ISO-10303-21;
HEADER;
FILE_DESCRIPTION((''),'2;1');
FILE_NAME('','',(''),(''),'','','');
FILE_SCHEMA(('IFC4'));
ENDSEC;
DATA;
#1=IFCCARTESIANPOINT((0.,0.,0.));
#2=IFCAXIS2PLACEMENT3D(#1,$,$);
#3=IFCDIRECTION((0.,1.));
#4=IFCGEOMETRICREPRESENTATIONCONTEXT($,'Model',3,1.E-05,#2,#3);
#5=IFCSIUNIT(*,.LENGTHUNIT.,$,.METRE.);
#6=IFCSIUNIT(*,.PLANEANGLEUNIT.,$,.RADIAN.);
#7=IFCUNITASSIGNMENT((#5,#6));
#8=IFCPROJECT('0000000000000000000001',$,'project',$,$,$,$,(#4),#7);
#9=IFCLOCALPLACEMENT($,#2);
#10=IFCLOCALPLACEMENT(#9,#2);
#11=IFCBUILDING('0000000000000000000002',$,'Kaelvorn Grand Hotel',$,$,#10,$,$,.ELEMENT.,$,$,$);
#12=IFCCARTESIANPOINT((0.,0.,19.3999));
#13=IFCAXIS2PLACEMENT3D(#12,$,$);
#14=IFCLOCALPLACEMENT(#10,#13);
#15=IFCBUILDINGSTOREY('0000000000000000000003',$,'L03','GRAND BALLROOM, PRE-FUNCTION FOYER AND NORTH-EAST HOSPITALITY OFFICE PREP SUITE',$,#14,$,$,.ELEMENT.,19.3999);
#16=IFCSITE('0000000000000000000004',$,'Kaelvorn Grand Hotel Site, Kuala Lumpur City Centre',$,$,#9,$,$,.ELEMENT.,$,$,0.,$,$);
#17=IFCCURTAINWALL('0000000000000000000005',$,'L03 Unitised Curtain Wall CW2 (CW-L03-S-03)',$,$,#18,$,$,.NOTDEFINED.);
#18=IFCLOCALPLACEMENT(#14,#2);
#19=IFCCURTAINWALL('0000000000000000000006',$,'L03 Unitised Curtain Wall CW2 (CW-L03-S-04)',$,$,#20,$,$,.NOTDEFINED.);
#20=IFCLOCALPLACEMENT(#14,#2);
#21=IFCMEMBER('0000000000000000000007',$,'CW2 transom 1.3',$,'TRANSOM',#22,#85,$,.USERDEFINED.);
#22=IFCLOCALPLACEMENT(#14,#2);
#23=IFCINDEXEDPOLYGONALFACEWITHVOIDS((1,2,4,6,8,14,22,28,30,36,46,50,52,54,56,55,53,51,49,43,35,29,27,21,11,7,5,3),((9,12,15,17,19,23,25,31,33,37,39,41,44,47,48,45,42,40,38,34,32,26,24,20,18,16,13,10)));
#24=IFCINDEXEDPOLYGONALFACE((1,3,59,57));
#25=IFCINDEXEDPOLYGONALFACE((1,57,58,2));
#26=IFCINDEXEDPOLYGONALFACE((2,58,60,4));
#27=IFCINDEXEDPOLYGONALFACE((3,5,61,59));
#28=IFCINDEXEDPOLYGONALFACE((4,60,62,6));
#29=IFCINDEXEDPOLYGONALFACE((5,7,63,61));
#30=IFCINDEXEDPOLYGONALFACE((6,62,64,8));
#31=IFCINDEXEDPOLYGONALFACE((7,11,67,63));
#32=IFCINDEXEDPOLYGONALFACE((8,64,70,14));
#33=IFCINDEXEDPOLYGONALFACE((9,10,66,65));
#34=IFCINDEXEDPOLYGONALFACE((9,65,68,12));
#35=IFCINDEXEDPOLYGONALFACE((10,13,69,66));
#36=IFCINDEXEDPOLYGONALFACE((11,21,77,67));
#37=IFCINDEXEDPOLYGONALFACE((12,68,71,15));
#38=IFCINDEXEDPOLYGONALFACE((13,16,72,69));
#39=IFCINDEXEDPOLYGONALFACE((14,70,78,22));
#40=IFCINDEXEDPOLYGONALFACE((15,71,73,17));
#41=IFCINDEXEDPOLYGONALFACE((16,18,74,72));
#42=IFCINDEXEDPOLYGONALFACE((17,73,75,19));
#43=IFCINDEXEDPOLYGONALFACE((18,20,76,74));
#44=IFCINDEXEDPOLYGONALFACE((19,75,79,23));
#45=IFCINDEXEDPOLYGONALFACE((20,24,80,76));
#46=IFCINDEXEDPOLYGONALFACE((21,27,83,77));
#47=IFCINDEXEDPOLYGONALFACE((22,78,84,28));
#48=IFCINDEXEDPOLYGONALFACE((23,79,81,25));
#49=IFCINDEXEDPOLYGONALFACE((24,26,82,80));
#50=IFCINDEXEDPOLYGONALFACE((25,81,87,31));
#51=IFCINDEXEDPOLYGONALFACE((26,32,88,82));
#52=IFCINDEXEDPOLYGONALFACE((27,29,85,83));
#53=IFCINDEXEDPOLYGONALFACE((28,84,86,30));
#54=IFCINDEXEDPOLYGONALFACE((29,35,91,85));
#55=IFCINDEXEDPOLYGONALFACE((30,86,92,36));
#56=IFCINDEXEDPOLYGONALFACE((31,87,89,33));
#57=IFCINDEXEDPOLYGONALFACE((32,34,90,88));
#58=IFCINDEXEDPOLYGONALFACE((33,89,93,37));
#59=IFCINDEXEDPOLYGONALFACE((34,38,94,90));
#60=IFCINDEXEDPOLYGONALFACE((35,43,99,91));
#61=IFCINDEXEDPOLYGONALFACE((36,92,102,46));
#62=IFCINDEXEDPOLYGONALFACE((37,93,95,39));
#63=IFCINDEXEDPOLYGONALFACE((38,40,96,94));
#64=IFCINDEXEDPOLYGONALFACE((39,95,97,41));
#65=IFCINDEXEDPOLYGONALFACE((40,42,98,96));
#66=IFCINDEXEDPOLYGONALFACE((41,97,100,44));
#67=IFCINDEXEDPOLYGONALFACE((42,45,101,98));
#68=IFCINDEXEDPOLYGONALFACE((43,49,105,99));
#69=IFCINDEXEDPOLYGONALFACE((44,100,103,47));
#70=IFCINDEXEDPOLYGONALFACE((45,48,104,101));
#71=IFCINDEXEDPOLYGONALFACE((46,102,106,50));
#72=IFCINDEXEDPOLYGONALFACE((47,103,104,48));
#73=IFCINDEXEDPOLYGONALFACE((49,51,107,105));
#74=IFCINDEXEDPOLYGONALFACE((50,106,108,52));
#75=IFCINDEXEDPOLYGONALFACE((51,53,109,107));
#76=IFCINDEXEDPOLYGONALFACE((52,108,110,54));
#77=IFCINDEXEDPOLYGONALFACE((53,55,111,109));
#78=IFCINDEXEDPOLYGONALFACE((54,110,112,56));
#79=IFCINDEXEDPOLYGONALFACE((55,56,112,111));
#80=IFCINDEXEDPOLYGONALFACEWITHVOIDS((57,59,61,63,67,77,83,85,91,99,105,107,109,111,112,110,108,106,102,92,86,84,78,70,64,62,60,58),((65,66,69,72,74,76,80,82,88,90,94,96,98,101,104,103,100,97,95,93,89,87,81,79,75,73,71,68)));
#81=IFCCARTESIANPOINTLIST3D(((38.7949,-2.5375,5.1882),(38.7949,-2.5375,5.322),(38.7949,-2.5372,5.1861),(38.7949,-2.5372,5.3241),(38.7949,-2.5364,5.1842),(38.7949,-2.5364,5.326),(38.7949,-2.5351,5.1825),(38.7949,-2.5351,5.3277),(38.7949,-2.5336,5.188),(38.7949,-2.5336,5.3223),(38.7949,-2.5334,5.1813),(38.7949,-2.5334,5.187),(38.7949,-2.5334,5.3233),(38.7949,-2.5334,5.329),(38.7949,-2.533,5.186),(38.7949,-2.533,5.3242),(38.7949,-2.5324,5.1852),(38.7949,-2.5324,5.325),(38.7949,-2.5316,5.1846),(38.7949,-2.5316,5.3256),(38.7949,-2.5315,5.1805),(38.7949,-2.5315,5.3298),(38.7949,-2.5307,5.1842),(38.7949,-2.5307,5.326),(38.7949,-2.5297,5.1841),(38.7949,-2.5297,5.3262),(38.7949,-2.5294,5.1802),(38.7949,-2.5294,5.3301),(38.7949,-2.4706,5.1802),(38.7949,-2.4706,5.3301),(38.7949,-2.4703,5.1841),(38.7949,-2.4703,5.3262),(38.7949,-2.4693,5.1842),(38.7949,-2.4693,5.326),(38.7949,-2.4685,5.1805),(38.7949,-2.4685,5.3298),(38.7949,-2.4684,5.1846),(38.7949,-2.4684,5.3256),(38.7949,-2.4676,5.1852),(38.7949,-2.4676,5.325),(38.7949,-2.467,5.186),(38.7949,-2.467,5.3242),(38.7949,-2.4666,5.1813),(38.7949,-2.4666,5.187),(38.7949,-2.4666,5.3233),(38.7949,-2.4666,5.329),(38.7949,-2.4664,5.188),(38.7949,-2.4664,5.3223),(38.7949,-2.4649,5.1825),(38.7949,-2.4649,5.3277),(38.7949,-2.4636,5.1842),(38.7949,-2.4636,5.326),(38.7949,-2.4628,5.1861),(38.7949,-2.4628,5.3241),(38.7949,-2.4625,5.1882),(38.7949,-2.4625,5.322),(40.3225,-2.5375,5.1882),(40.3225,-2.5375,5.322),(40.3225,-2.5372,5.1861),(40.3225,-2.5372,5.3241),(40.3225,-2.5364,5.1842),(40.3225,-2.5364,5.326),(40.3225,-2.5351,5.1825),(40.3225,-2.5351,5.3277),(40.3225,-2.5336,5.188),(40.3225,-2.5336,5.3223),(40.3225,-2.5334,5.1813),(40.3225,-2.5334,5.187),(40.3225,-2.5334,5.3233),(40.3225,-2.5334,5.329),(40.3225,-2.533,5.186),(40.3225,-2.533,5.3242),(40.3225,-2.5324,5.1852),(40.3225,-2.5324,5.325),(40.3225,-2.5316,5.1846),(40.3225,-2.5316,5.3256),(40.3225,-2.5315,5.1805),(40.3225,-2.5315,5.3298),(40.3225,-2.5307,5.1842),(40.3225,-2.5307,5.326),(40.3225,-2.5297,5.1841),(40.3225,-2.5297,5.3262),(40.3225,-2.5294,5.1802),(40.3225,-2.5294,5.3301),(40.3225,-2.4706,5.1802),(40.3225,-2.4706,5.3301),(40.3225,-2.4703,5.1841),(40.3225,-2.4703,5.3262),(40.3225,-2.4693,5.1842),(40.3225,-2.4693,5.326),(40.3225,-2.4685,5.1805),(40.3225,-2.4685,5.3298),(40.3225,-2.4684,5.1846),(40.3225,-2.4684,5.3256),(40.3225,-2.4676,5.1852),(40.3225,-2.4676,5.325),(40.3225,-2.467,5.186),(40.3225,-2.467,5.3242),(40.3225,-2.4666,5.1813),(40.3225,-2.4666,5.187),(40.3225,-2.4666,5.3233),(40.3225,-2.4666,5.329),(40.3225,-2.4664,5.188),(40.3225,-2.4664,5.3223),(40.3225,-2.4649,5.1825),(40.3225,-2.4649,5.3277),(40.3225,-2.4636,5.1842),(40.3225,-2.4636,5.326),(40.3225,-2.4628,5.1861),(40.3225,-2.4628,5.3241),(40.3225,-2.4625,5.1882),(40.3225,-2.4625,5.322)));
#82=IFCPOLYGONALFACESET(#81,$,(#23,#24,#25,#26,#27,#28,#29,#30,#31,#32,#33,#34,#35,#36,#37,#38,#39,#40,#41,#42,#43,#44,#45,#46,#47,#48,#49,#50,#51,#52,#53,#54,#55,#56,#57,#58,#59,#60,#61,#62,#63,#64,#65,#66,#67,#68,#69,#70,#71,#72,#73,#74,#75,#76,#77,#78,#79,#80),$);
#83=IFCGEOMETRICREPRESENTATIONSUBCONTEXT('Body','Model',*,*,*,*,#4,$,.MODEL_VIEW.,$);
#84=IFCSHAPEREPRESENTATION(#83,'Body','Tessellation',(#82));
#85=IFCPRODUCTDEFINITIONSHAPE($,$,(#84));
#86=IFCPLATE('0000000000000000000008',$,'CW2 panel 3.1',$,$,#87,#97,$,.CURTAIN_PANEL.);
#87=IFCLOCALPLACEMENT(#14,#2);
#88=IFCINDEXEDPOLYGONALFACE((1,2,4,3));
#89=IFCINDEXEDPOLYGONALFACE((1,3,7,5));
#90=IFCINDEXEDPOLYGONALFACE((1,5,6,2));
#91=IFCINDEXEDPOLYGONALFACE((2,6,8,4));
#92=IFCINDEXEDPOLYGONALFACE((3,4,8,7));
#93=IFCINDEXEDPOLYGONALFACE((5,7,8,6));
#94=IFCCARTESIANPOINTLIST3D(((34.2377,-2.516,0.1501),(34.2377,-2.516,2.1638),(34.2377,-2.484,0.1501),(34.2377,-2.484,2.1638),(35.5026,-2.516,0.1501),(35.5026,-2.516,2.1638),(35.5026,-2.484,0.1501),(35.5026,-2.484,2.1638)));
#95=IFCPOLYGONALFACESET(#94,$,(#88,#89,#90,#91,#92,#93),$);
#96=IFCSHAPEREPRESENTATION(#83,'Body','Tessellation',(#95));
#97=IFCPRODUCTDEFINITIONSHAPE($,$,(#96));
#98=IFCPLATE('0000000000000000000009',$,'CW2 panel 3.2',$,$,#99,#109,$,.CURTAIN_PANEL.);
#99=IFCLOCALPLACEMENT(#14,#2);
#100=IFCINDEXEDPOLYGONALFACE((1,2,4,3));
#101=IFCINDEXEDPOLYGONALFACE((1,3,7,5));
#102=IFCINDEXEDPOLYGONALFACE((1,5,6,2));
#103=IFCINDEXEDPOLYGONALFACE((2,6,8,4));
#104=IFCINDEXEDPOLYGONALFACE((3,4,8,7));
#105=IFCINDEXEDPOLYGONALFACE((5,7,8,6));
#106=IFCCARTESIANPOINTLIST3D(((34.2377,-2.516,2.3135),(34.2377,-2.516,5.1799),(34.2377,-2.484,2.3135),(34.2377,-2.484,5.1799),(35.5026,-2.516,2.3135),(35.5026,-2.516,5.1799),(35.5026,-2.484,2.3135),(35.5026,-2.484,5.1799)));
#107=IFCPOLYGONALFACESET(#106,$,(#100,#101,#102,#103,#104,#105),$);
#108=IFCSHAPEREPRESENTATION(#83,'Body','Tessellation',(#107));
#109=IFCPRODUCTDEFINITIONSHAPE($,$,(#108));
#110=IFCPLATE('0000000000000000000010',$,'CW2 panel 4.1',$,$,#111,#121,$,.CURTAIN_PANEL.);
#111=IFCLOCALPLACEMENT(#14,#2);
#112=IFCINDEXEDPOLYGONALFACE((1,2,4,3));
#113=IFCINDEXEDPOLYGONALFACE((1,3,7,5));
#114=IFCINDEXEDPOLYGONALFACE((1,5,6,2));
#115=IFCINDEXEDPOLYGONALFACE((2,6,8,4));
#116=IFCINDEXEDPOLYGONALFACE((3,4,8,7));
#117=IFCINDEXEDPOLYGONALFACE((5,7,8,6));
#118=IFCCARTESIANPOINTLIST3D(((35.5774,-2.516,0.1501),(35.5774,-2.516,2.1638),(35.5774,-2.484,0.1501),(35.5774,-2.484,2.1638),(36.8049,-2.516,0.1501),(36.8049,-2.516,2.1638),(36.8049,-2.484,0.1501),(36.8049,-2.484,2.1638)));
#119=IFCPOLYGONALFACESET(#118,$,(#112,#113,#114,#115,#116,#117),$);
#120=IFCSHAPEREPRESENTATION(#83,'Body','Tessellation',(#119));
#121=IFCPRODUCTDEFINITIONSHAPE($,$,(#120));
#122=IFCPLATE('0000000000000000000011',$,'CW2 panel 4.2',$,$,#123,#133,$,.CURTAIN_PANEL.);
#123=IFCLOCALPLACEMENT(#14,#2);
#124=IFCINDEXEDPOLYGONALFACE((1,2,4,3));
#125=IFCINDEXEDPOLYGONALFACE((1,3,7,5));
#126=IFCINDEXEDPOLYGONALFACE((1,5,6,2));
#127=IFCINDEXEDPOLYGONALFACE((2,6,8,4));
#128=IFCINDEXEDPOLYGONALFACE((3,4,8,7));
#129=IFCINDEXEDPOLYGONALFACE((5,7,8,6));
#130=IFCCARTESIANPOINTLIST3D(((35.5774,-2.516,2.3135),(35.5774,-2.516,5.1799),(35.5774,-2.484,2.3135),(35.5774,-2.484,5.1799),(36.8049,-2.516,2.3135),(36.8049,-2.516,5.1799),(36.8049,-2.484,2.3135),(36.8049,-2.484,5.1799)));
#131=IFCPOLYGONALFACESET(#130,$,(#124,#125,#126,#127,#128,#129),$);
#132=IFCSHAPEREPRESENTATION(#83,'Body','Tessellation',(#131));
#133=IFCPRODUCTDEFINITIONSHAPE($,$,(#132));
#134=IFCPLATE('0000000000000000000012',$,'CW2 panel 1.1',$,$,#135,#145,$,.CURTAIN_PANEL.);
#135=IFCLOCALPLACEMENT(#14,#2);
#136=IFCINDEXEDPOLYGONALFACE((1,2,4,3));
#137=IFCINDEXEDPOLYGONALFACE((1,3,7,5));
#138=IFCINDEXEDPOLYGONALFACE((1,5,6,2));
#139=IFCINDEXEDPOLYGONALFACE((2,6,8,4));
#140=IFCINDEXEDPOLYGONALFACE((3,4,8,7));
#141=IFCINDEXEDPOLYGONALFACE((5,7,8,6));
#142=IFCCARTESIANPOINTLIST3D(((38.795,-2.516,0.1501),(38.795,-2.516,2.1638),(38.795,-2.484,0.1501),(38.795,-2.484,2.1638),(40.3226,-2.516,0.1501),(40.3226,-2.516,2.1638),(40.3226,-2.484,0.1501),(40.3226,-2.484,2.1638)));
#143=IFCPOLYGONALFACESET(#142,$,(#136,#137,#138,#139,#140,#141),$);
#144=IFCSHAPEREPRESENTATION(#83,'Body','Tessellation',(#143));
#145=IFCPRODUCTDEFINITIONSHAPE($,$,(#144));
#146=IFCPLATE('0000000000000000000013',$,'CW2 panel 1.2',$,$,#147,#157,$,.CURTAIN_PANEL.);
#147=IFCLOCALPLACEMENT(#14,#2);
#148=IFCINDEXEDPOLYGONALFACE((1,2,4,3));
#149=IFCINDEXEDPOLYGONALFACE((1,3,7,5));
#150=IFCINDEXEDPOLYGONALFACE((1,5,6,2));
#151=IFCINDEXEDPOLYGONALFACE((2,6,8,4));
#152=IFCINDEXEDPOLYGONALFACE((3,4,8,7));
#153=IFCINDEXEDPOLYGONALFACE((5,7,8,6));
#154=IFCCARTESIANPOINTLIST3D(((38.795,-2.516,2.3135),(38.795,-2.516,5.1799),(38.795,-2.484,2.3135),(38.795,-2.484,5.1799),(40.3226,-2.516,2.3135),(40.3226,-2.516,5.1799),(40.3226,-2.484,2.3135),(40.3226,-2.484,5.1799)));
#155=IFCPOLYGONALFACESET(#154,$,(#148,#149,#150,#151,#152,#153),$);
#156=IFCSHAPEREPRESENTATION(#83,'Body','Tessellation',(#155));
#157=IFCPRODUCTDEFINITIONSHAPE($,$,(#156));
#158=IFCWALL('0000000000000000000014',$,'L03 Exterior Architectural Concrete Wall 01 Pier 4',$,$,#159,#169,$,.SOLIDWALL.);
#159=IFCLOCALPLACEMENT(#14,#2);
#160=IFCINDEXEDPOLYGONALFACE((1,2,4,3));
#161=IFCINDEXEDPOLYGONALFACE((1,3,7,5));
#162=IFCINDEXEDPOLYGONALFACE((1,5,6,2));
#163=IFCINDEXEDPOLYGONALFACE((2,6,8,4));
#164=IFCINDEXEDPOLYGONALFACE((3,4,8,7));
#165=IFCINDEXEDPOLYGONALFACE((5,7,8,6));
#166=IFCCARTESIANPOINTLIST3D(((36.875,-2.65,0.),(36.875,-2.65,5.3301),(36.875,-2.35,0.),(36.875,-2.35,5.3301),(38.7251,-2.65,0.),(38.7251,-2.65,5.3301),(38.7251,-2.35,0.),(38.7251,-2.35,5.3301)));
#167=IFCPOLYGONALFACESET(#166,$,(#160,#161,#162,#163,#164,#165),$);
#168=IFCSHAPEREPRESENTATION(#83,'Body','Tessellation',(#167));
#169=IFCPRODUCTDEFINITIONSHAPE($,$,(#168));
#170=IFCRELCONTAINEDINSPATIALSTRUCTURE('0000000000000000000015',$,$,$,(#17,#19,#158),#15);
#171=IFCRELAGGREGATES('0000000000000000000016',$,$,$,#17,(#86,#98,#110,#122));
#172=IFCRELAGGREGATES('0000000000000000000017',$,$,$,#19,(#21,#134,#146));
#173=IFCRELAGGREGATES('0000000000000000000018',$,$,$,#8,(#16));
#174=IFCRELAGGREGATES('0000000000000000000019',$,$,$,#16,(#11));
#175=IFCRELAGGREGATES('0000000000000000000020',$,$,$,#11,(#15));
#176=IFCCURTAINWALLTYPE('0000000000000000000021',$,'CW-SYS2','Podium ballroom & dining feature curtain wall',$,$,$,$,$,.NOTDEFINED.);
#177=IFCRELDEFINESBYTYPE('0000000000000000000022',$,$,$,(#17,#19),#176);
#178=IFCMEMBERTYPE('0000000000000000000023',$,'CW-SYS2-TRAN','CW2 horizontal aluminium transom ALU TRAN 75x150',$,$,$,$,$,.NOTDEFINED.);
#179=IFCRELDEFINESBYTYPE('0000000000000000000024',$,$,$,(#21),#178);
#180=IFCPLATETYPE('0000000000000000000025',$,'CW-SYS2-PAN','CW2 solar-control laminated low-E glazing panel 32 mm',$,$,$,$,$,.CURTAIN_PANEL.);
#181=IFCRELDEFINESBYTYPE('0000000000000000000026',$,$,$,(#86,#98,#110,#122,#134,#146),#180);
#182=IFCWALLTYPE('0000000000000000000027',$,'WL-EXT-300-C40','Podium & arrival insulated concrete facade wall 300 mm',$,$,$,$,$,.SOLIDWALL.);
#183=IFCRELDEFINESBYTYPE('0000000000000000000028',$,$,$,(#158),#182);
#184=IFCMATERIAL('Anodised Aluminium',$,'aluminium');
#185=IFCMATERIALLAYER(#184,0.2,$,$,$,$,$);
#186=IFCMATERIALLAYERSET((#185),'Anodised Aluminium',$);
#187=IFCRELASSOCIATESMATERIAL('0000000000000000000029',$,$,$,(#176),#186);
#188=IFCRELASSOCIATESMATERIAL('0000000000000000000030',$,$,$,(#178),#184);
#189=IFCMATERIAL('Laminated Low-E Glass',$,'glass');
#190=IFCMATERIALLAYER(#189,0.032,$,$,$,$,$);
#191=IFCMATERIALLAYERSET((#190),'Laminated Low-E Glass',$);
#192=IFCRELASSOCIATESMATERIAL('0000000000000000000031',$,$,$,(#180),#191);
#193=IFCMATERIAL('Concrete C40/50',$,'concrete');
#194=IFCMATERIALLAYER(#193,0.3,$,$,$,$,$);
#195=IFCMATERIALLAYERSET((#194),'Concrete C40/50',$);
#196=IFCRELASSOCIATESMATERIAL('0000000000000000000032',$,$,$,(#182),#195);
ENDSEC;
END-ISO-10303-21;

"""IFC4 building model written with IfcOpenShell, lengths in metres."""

from ifc_helpers import new_model, si_unit, direction, frame, frame_2d, origin, origin_2d, place, context, subcontext, project, spatial, rectangle, hollow_rectangle, extrude, material, layer, layer_set, material_profile, profile_set, type_object, element, aggregate, save


model = new_model("IFC4")

# Units and contexts
model_context = context("Model", 3, precision=1e-05, world=origin(), true_north=direction((0.0, 1.0)))
body_context = subcontext(model_context, "Body", "Model", "MODEL_VIEW")
ifc_project = project(units=[si_unit("LENGTHUNIT", "METRE"), si_unit("PLANEANGLEUNIT", "RADIAN")], contexts=[model_context])

# Site, building, storey
site_placement = place(None, origin())
site = spatial("IfcSite", under=ifc_project, at=site_placement, Name="Kaelvorn Grand Hotel Site, Kuala Lumpur City Centre", CompositionType="ELEMENT", RefElevation=0.0)
building_placement = place(site_placement, origin())
building = spatial("IfcBuilding", under=site, at=building_placement, Name="Kaelvorn Grand Hotel", CompositionType="ELEMENT")
storey_placement = place(building_placement, frame((0.0, 0.0, 19.3999)))
storey = spatial("IfcBuildingStorey", under=building, at=storey_placement, Name="L03", Description="GRAND BALLROOM, PRE-FUNCTION FOYER AND NORTH-EAST HOSPITALITY OFFICE PREP SUITE", CompositionType="ELEMENT", Elevation=19.3999)

# Curtain wall
ifc_material_1 = material(Name="Anodised Aluminium", Category="aluminium")
ifc_layer_1 = layer(ifc_material_1, 0.2)
ifc_layer_set_1 = layer_set([ifc_layer_1], Name="Anodised Aluminium")
curtain_wall_type = type_object("IfcCurtainWallType", Name="CW-SYS2", Description="Podium ballroom & dining feature curtain wall", PredefinedType="NOTDEFINED", material=ifc_layer_set_1)
curtain_wall_1_placement = place(storey_placement, origin())
curtain_wall_1 = element("IfcCurtainWall", 1, at=curtain_wall_1_placement, inside=storey, type_object=curtain_wall_type, Name="L03 Unitised Curtain Wall CW2 (CW-L03-S-03)", PredefinedType="NOTDEFINED")

# Curtain wall
curtain_wall_2_placement = place(storey_placement, origin())
curtain_wall_2 = element("IfcCurtainWall", 2, at=curtain_wall_2_placement, inside=storey, type_object=curtain_wall_type, Name="L03 Unitised Curtain Wall CW2 (CW-L03-S-04)", PredefinedType="NOTDEFINED")

# Member
ifc_material_profile_1 = material_profile(ifc_material_1, hollow_rectangle(XDim=0.075, YDim=0.1499, WallThickness=0.0039, InnerFilletRadius=0.0039, OuterFilletRadius=0.0081, at=origin_2d()), Name="ALU TRAN 75x150")
ifc_profile_set_1 = profile_set([ifc_material_profile_1], Name="Anodised Aluminium")
member_type_1 = type_object("IfcMemberType", Name="CW-SYS2-TRAN", Description="CW2 horizontal aluminium transom ALU TRAN 75x150", PredefinedType="NOTDEFINED", material=ifc_profile_set_1)
member_1_placement = place(storey_placement, frame((38.7949, -2.5, 5.2551), z_axis=(1.0, 0.0, 0.0), x_axis=(0.0, 1.0, 0.0)))
member_1 = element("IfcMember", 3, at=member_1_placement, type_object=member_type_1, Name="CW2 transom 1.3", ObjectType="TRANSOM", PredefinedType="USERDEFINED", context=body_context, shape_type="SweptSolid", body=[
    extrude(hollow_rectangle(XDim=0.075, YDim=0.1499, WallThickness=0.0039, InnerFilletRadius=0.0039, OuterFilletRadius=0.0081, at=origin_2d()), origin(), (0.0, 0.0, 1.0), 1.5276),
])

# Plates
ifc_material_2 = material(Name="Laminated Low-E Glass", Category="glass")
ifc_layer_2 = layer(ifc_material_2, 0.032)
ifc_layer_set_2 = layer_set([ifc_layer_2], Name="Laminated Low-E Glass")
plate_type = type_object("IfcPlateType", Name="CW-SYS2-PAN", Description="CW2 solar-control laminated low-E glazing panel 32 mm", PredefinedType="CURTAIN_PANEL", material=ifc_layer_set_2)
plate_1_placement = place(storey_placement, frame((34.8701, -2.5, 0.1501), z_axis=(0.0, 0.0, 1.0), x_axis=(1.0, 0.0, 0.0)))
plate_1 = element("IfcPlate", 4, at=plate_1_placement, type_object=plate_type, Name="CW2 panel 3.1", PredefinedType="CURTAIN_PANEL", context=body_context, shape_type="SweptSolid", body=[
    extrude(rectangle(XDim=1.2649, YDim=0.032, at=origin_2d()), origin(), (0.0, 0.0, 1.0), 2.0137),
])
plate_2_placement = place(storey_placement, frame((34.8701, -2.5, 2.3135), z_axis=(0.0, 0.0, 1.0), x_axis=(1.0, 0.0, 0.0)))
plate_2 = element("IfcPlate", 5, at=plate_2_placement, type_object=plate_type, Name="CW2 panel 3.2", PredefinedType="CURTAIN_PANEL", context=body_context, shape_type="SweptSolid", body=[
    extrude(rectangle(XDim=1.2649, YDim=0.032, at=origin_2d()), origin(), (0.0, 0.0, 1.0), 2.8665),
])
plate_3_placement = place(storey_placement, frame((36.1912, -2.5, 0.1501), z_axis=(0.0, 0.0, 1.0), x_axis=(1.0, 0.0, 0.0)))
plate_3 = element("IfcPlate", 6, at=plate_3_placement, type_object=plate_type, Name="CW2 panel 4.1", PredefinedType="CURTAIN_PANEL", context=body_context, shape_type="SweptSolid", body=[
    extrude(rectangle(XDim=1.2275, YDim=0.032, at=origin_2d()), origin(), (0.0, 0.0, 1.0), 2.0137),
])
plate_4_placement = place(storey_placement, frame((36.1912, -2.5, 2.3135), z_axis=(0.0, 0.0, 1.0), x_axis=(1.0, 0.0, 0.0)))
plate_4 = element("IfcPlate", 7, at=plate_4_placement, type_object=plate_type, Name="CW2 panel 4.2", PredefinedType="CURTAIN_PANEL", context=body_context, shape_type="SweptSolid", body=[
    extrude(rectangle(XDim=1.2275, YDim=0.032, at=origin_2d()), origin(), (0.0, 0.0, 1.0), 2.8665),
])
aggregate(curtain_wall_1, [plate_1, plate_2, plate_3, plate_4])
plate_5_placement = place(storey_placement, frame((39.5588, -2.5, 0.1501), z_axis=(0.0, 0.0, 1.0), x_axis=(1.0, 0.0, 0.0)))
plate_5 = element("IfcPlate", 8, at=plate_5_placement, type_object=plate_type, Name="CW2 panel 1.1", PredefinedType="CURTAIN_PANEL", context=body_context, shape_type="SweptSolid", body=[
    extrude(rectangle(XDim=1.5276, YDim=0.032, at=origin_2d()), origin(), (0.0, 0.0, 1.0), 2.0137),
])
plate_6_placement = place(storey_placement, frame((39.5588, -2.5, 2.3135), z_axis=(0.0, 0.0, 1.0), x_axis=(1.0, 0.0, 0.0)))
plate_6 = element("IfcPlate", 9, at=plate_6_placement, type_object=plate_type, Name="CW2 panel 1.2", PredefinedType="CURTAIN_PANEL", context=body_context, shape_type="SweptSolid", body=[
    extrude(rectangle(XDim=1.5276, YDim=0.032, at=origin_2d()), origin(), (0.0, 0.0, 1.0), 2.8665),
])
aggregate(curtain_wall_2, [member_1, plate_5, plate_6])

# Wall
ifc_material_3 = material(Name="Concrete C40/50", Category="concrete")
ifc_layer_3 = layer(ifc_material_3, 0.3)
ifc_layer_set_3 = layer_set([ifc_layer_3], Name="Concrete C40/50")
wall_type = type_object("IfcWallType", Name="WL-EXT-300-C40", Description="Podium & arrival insulated concrete facade wall 300 mm", PredefinedType="SOLIDWALL", material=ifc_layer_set_3)
wall_placement = place(storey_placement, frame((36.875, -2.5, 0.0), z_axis=(0.0, 0.0, 1.0), x_axis=(1.0, 0.0, 0.0)))
element("IfcWall", 10, at=wall_placement, inside=storey, type_object=wall_type, Name="L03 Exterior Architectural Concrete Wall 01 Pier 4", PredefinedType="SOLIDWALL", context=body_context, shape_type="SweptSolid", body=[
    extrude(rectangle(XDim=1.8501, YDim=0.3, at=frame_2d((0.925, 0.0))), origin(), (0.0, 0.0, 1.0), 5.3301),
])

save(model, "model.ifc")
